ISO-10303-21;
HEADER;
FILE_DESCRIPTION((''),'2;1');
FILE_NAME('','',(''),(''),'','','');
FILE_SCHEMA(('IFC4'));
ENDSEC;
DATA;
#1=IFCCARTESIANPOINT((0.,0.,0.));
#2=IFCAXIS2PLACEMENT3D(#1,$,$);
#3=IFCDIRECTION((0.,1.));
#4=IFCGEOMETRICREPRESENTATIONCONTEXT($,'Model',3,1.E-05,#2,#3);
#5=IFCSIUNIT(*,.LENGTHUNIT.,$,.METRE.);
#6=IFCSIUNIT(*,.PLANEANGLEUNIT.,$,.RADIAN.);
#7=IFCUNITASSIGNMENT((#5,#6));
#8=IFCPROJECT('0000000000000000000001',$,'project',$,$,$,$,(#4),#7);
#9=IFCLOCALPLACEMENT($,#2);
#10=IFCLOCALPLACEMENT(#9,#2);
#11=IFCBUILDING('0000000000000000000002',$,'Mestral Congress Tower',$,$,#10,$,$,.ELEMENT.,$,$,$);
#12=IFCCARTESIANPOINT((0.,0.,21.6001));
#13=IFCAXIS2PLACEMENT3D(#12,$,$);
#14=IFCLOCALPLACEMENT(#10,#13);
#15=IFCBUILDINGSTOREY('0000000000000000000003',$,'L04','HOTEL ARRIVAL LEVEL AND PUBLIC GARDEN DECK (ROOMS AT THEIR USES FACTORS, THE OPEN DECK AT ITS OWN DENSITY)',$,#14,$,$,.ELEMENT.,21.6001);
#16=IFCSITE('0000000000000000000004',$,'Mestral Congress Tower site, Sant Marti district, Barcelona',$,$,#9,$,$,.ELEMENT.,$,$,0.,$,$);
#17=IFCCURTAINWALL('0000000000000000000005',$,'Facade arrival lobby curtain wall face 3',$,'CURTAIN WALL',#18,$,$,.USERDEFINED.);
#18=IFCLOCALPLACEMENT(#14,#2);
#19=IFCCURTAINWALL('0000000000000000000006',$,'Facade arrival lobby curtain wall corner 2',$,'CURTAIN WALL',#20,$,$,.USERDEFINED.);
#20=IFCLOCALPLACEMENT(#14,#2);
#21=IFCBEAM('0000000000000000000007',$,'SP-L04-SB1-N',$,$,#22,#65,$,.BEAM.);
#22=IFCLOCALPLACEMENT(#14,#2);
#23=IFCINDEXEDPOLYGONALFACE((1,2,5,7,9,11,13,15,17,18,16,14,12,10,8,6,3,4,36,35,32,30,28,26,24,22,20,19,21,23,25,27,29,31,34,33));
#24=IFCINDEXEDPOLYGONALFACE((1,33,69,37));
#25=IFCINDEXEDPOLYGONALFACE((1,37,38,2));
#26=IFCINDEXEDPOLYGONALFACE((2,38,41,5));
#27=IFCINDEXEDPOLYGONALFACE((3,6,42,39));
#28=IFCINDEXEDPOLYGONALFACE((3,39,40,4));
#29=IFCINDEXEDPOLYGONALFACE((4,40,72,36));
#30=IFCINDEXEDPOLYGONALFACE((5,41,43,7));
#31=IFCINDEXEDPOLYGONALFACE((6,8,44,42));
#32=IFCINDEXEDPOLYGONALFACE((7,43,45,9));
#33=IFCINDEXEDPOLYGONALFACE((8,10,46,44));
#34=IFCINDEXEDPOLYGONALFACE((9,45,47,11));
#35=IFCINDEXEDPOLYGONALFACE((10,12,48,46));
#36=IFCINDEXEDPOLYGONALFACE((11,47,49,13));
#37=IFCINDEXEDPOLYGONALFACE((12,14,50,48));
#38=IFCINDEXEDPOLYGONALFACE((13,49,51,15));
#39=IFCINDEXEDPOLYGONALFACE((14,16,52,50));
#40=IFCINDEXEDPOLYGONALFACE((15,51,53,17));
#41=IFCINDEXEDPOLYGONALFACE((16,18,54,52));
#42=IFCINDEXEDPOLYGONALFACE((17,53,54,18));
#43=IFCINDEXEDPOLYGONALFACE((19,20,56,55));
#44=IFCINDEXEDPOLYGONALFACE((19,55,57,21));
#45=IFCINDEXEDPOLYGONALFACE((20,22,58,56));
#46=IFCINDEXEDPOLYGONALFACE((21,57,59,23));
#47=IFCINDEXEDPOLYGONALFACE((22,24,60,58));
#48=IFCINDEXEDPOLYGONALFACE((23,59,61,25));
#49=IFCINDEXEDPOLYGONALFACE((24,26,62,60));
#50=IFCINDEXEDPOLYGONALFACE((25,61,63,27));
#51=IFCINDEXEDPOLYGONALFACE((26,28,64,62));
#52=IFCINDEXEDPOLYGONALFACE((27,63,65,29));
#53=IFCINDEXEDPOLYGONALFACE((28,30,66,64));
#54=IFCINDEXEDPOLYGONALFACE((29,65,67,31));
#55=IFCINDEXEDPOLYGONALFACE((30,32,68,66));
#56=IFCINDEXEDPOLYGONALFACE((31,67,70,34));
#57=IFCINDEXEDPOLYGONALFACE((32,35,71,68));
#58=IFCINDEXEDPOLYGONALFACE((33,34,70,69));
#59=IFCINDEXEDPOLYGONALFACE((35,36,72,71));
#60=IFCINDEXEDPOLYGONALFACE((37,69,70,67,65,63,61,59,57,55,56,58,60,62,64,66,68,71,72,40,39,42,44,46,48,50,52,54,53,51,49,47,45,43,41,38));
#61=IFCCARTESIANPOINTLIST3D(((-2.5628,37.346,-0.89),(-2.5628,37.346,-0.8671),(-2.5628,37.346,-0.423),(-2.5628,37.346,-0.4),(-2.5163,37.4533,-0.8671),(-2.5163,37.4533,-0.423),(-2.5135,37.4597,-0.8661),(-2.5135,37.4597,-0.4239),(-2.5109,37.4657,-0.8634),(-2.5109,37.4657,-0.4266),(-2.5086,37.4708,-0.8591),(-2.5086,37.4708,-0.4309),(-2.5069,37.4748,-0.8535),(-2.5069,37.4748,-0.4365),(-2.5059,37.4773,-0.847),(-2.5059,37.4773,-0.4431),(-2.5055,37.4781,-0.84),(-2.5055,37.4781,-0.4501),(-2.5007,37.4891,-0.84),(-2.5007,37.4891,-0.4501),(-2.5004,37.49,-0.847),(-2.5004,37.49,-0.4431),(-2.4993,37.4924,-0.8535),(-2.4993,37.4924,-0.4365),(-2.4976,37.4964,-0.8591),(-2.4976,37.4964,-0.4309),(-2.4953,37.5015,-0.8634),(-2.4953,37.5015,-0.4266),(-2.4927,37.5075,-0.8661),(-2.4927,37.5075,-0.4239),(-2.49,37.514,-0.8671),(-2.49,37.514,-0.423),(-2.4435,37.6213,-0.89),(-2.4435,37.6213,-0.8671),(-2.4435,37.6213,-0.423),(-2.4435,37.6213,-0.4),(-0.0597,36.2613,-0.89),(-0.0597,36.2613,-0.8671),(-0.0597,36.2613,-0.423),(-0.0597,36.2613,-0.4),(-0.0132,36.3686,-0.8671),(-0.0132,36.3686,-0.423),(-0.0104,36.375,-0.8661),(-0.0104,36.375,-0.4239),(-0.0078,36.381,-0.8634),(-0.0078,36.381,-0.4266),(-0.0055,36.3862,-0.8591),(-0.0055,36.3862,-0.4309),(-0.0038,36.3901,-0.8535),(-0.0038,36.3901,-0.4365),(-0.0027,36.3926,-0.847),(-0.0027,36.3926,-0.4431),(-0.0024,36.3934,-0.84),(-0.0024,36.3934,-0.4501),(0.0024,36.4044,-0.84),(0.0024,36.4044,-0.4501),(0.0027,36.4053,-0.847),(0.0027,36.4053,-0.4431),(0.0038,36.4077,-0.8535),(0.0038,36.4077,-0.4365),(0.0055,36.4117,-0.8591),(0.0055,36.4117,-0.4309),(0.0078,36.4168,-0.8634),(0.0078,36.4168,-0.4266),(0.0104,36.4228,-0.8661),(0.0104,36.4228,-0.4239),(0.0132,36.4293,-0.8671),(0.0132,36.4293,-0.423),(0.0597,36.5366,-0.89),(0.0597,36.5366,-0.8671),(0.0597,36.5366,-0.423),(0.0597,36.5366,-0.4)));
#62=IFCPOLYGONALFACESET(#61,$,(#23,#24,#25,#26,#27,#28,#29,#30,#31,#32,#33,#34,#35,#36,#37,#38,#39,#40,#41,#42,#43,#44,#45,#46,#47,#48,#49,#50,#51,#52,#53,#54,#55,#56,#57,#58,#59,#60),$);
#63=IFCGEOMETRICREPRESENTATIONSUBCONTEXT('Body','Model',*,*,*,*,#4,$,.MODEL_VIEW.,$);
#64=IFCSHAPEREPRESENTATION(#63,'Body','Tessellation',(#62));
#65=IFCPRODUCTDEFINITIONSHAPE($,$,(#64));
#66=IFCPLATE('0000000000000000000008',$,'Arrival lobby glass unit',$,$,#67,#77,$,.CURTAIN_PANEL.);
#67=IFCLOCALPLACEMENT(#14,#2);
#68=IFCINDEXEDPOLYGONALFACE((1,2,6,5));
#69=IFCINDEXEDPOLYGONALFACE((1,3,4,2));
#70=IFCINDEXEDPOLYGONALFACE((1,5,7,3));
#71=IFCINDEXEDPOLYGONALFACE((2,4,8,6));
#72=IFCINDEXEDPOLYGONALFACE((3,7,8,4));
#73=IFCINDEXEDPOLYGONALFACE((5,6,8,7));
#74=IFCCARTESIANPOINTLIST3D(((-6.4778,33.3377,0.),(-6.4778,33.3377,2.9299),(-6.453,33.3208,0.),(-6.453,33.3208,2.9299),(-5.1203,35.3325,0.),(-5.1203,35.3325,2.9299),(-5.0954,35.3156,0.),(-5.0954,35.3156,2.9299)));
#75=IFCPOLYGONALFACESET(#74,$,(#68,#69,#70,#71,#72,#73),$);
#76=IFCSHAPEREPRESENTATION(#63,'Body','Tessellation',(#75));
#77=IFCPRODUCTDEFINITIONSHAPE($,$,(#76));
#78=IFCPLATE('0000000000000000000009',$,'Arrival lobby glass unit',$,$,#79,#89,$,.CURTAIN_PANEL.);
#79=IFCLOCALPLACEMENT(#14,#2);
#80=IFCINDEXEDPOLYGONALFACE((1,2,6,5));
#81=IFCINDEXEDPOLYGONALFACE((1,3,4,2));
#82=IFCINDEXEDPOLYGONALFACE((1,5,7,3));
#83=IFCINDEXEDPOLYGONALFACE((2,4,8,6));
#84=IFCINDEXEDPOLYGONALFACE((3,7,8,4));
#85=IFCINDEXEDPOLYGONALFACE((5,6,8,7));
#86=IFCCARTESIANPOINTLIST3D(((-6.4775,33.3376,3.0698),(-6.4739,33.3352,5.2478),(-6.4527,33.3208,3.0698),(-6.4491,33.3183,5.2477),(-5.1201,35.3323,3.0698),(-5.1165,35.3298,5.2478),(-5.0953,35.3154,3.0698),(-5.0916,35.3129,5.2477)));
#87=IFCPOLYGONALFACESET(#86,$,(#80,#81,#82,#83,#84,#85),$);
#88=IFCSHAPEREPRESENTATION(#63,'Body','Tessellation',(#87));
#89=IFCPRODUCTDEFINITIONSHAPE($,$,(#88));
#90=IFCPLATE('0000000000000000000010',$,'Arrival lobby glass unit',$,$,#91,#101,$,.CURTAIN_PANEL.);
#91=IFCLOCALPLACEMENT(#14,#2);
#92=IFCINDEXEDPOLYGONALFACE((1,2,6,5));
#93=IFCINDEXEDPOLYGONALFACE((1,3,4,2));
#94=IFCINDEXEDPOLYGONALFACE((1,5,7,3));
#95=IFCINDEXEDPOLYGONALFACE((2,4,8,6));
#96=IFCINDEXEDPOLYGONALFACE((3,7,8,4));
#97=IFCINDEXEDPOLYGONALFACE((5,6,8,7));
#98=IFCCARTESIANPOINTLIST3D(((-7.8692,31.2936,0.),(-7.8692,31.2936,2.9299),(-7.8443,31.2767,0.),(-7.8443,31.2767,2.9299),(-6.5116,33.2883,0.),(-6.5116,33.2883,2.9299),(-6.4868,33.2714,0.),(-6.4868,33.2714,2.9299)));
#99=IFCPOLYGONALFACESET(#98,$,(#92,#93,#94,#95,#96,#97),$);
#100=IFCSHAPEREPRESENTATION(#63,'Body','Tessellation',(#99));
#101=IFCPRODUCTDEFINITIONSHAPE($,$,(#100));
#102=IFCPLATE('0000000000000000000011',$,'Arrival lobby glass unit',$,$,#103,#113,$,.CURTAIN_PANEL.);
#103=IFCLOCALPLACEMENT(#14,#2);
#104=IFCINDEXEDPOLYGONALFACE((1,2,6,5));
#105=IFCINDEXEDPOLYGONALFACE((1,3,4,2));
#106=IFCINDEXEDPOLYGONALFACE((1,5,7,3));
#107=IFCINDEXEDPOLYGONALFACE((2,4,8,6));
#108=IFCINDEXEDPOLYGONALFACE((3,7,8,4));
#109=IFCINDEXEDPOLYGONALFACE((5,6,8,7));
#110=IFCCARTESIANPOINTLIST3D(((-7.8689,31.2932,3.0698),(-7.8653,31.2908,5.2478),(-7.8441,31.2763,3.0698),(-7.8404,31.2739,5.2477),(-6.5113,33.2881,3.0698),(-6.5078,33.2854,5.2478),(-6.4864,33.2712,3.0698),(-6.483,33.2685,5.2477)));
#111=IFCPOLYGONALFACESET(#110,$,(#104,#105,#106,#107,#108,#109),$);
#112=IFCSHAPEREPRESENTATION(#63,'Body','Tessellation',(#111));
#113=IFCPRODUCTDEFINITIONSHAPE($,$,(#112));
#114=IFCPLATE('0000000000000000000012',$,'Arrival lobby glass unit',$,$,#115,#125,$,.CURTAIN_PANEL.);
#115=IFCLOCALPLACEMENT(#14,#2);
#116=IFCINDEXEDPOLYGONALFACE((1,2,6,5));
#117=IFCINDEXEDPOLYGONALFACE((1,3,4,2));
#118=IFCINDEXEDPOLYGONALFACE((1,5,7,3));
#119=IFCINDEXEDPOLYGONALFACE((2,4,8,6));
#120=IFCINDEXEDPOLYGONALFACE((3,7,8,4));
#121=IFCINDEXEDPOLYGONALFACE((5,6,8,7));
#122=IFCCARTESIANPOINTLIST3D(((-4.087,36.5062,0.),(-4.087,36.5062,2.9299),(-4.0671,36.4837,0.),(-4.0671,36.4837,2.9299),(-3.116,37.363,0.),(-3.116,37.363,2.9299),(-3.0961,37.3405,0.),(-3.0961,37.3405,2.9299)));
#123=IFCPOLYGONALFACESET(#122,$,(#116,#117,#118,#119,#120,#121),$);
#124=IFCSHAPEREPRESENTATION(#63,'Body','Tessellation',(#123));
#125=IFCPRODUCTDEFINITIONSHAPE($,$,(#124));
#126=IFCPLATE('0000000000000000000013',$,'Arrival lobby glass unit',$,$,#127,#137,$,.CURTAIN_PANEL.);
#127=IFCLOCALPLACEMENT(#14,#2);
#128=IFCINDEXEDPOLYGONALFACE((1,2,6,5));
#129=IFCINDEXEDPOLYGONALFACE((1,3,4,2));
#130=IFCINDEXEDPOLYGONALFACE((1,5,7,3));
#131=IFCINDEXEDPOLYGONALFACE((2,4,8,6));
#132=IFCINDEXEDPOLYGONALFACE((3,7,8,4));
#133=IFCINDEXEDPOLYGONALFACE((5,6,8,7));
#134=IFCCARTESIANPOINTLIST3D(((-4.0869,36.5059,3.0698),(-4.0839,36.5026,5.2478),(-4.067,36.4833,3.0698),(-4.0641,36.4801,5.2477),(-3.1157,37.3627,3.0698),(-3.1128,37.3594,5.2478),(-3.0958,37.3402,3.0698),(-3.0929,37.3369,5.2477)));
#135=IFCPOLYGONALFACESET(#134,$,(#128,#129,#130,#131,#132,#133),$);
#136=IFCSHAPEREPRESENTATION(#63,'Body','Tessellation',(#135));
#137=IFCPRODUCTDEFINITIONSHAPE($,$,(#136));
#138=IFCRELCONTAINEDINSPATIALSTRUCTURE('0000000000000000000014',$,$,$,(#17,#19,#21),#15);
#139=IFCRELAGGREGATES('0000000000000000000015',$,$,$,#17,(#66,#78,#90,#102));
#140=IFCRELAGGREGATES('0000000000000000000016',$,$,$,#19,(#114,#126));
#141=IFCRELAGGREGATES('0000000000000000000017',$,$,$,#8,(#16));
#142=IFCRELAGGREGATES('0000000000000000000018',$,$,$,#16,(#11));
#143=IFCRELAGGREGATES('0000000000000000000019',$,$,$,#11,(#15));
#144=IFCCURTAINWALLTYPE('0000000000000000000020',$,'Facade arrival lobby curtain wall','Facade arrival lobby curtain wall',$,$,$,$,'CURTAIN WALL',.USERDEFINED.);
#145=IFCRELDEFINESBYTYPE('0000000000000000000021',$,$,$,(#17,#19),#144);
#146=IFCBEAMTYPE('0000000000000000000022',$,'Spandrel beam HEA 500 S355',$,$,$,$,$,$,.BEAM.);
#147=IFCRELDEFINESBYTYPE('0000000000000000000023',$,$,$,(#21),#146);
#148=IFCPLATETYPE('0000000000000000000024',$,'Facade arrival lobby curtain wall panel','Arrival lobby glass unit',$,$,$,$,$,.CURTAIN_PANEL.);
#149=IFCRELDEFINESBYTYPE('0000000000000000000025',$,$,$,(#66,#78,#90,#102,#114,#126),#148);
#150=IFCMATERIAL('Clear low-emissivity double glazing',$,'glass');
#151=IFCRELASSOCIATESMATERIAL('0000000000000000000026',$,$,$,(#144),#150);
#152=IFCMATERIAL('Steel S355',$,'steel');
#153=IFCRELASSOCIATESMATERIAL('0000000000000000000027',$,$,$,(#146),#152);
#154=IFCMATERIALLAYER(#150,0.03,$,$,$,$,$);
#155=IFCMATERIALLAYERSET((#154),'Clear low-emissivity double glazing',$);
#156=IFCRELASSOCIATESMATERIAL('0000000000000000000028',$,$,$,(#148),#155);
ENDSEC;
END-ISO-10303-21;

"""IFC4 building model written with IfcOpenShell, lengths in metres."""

from ifc_helpers import new_model, si_unit, direction, frame, origin, origin_2d, place, context, subcontext, project, spatial, polyline, rectangle, i_section, outline, extrude, material, layer, layer_set, material_profile, profile_set, type_object, element, aggregate, save


model = new_model("IFC4")

# Units and contexts
model_context = context("Model", 3, precision=1e-05, world=origin(), true_north=direction((0.0, 1.0)))
body_context = subcontext(model_context, "Body", "Model", "MODEL_VIEW")
ifc_project = project(units=[si_unit("LENGTHUNIT", "METRE"), si_unit("PLANEANGLEUNIT", "RADIAN")], contexts=[model_context])

# Site, building, storey
site_placement = place(None, origin())
site = spatial("IfcSite", under=ifc_project, at=site_placement, Name="Mestral Congress Tower site, Sant Marti district, Barcelona", CompositionType="ELEMENT", RefElevation=0.0)
building_placement = place(site_placement, origin())
building = spatial("IfcBuilding", under=site, at=building_placement, Name="Mestral Congress Tower", CompositionType="ELEMENT")
storey_placement = place(building_placement, frame((0.0, 0.0, 21.6001)))
storey = spatial("IfcBuildingStorey", under=building, at=storey_placement, Name="L04", Description="HOTEL ARRIVAL LEVEL AND PUBLIC GARDEN DECK (ROOMS AT THEIR USES FACTORS, THE OPEN DECK AT ITS OWN DENSITY)", CompositionType="ELEMENT", Elevation=21.6001)

# Curtain walls
ifc_material_1 = material(Name="Clear low-emissivity double glazing", Category="glass")
curtain_wall_type = type_object("IfcCurtainWallType", Name="Facade arrival lobby curtain wall", Description="Facade arrival lobby curtain wall", ElementType="CURTAIN WALL", PredefinedType="USERDEFINED", material=ifc_material_1)
placement = place(storey_placement, origin())
curtain_wall_1 = element("IfcCurtainWall", 1, at=placement, inside=storey, type_object=curtain_wall_type, Name="Facade arrival lobby curtain wall face 3", ObjectType="CURTAIN WALL", PredefinedType="USERDEFINED")
curtain_wall_2 = element("IfcCurtainWall", 2, at=placement, inside=storey, type_object=curtain_wall_type, Name="Facade arrival lobby curtain wall corner 2", ObjectType="CURTAIN WALL", PredefinedType="USERDEFINED")

# Beam
ifc_material_2 = material(Name="Steel S355", Category="steel")
ifc_material_profile_1 = material_profile(ifc_material_2, i_section(OverallWidth=0.3, OverallDepth=0.49, WebThickness=0.012, FlangeThickness=0.0229, FilletRadius=0.0271, at=origin_2d()), Name="HEA 500")
ifc_profile_set_1 = profile_set([ifc_material_profile_1], Name="Steel S355")
beam_type_1 = type_object("IfcBeamType", Name="Spandrel beam HEA 500 S355", PredefinedType="BEAM", material=ifc_profile_set_1)
beam_1_placement = place(storey_placement, frame((0.0, 36.3989, -0.645), z_axis=(-0.917555, 0.39761, 0.0), x_axis=(-0.39761, -0.917555, 0.0)))
element("IfcBeam", 3, at=beam_1_placement, inside=storey, type_object=beam_type_1, Name="SP-L04-SB1-N", PredefinedType="BEAM", context=body_context, shape_type="SweptSolid", body=[
    extrude(i_section(OverallWidth=0.3, OverallDepth=0.49, WebThickness=0.012, FlangeThickness=0.0229, FilletRadius=0.0271, at=origin_2d()), origin(), (0.0, 0.0, 1.0), 2.728),
])

# Plates
ifc_layer = layer(ifc_material_1, 0.03)
ifc_layer_set = layer_set([ifc_layer], Name="Clear low-emissivity double glazing")
plate_type = type_object("IfcPlateType", Name="Facade arrival lobby curtain wall panel", Description="Arrival lobby glass unit", PredefinedType="CURTAIN_PANEL", material=ifc_layer_set)
plate_1_placement = place(storey_placement, frame((-5.7866, 34.3267, 0.0), z_axis=(0.0, 0.0, 1.0), x_axis=(-0.562623, -0.826713, 0.0)))
plate_1 = element("IfcPlate", 4, at=plate_1_placement, type_object=plate_type, Name="Arrival lobby glass unit", PredefinedType="CURTAIN_PANEL", context=body_context, shape_type="SweptSolid", body=[
    extrude(rectangle(XDim=2.4128, YDim=0.03, at=origin_2d()), origin(), (0.0, 0.0, 1.0), 2.9299),
])
plate_2_placement = place(storey_placement, frame((-6.4775, 33.3376, 3.0698), z_axis=(-0.826718, 0.562613, 0.002021), x_axis=(0.562614, 0.826719, 0.0)))
plate_2 = element("IfcPlate", 5, at=plate_2_placement, type_object=plate_type, Name="Arrival lobby glass unit", PredefinedType="CURTAIN_PANEL", context=body_context, shape_type="SweptSolid", body=[
    extrude(outline(polyline([(0.0, 0.0), (2.4127, 0.0), (2.4127, -2.178), (0.0, -2.178), (0.0, 0.0)])), origin(), (0.0, 0.0, -1.0), 0.03),
])
plate_3_placement = place(storey_placement, frame((-7.178, 32.2825, 0.0), z_axis=(0.0, 0.0, 1.0), x_axis=(-0.562623, -0.826713, 0.0)))
plate_3 = element("IfcPlate", 6, at=plate_3_placement, type_object=plate_type, Name="Arrival lobby glass unit", PredefinedType="CURTAIN_PANEL", context=body_context, shape_type="SweptSolid", body=[
    extrude(rectangle(XDim=2.4128, YDim=0.03, at=origin_2d()), origin(), (0.0, 0.0, 1.0), 2.9299),
])
plate_4_placement = place(storey_placement, frame((-7.8689, 31.2932, 3.0698), z_axis=(-0.82671, 0.562624, 0.002006), x_axis=(0.562625, 0.826712, 0.0)))
plate_4 = element("IfcPlate", 7, at=plate_4_placement, type_object=plate_type, Name="Arrival lobby glass unit", PredefinedType="CURTAIN_PANEL", context=body_context, shape_type="SweptSolid", body=[
    extrude(outline(polyline([(0.0, 0.0), (2.413, 0.0), (2.4127, -2.178), (0.0, -2.178), (0.0, 0.0)])), origin(), (0.0, 0.0, -1.0), 0.03),
])
aggregate(curtain_wall_1, [plate_1, plate_2, plate_3, plate_4])
plate_5_placement = place(storey_placement, frame((-3.5916, 36.9233, 0.0), z_axis=(0.0, 0.0, 1.0), x_axis=(-0.749812, -0.661651, 0.0)))
plate_5 = element("IfcPlate", 8, at=plate_5_placement, type_object=plate_type, Name="Arrival lobby glass unit", PredefinedType="CURTAIN_PANEL", context=body_context, shape_type="SweptSolid", body=[
    extrude(rectangle(XDim=1.2949, YDim=0.03, at=origin_2d()), origin(), (0.0, 0.0, 1.0), 2.9299),
])
plate_6_placement = place(storey_placement, frame((-4.0869, 36.5059, 3.0698), z_axis=(-0.661567, 0.749883, 0.002025), x_axis=(0.749885, 0.661569, 0.0)))
plate_6 = element("IfcPlate", 9, at=plate_6_placement, type_object=plate_type, Name="Arrival lobby glass unit", PredefinedType="CURTAIN_PANEL", context=body_context, shape_type="SweptSolid", body=[
    extrude(outline(polyline([(0.0, 0.0), (1.2952, 0.0), (1.2951, -2.178), (0.0001, -2.178), (0.0, 0.0)])), origin(), (0.0, 0.0, -1.0), 0.03),
])
aggregate(curtain_wall_2, [plate_5, plate_6])

save(model, "model.ifc")
